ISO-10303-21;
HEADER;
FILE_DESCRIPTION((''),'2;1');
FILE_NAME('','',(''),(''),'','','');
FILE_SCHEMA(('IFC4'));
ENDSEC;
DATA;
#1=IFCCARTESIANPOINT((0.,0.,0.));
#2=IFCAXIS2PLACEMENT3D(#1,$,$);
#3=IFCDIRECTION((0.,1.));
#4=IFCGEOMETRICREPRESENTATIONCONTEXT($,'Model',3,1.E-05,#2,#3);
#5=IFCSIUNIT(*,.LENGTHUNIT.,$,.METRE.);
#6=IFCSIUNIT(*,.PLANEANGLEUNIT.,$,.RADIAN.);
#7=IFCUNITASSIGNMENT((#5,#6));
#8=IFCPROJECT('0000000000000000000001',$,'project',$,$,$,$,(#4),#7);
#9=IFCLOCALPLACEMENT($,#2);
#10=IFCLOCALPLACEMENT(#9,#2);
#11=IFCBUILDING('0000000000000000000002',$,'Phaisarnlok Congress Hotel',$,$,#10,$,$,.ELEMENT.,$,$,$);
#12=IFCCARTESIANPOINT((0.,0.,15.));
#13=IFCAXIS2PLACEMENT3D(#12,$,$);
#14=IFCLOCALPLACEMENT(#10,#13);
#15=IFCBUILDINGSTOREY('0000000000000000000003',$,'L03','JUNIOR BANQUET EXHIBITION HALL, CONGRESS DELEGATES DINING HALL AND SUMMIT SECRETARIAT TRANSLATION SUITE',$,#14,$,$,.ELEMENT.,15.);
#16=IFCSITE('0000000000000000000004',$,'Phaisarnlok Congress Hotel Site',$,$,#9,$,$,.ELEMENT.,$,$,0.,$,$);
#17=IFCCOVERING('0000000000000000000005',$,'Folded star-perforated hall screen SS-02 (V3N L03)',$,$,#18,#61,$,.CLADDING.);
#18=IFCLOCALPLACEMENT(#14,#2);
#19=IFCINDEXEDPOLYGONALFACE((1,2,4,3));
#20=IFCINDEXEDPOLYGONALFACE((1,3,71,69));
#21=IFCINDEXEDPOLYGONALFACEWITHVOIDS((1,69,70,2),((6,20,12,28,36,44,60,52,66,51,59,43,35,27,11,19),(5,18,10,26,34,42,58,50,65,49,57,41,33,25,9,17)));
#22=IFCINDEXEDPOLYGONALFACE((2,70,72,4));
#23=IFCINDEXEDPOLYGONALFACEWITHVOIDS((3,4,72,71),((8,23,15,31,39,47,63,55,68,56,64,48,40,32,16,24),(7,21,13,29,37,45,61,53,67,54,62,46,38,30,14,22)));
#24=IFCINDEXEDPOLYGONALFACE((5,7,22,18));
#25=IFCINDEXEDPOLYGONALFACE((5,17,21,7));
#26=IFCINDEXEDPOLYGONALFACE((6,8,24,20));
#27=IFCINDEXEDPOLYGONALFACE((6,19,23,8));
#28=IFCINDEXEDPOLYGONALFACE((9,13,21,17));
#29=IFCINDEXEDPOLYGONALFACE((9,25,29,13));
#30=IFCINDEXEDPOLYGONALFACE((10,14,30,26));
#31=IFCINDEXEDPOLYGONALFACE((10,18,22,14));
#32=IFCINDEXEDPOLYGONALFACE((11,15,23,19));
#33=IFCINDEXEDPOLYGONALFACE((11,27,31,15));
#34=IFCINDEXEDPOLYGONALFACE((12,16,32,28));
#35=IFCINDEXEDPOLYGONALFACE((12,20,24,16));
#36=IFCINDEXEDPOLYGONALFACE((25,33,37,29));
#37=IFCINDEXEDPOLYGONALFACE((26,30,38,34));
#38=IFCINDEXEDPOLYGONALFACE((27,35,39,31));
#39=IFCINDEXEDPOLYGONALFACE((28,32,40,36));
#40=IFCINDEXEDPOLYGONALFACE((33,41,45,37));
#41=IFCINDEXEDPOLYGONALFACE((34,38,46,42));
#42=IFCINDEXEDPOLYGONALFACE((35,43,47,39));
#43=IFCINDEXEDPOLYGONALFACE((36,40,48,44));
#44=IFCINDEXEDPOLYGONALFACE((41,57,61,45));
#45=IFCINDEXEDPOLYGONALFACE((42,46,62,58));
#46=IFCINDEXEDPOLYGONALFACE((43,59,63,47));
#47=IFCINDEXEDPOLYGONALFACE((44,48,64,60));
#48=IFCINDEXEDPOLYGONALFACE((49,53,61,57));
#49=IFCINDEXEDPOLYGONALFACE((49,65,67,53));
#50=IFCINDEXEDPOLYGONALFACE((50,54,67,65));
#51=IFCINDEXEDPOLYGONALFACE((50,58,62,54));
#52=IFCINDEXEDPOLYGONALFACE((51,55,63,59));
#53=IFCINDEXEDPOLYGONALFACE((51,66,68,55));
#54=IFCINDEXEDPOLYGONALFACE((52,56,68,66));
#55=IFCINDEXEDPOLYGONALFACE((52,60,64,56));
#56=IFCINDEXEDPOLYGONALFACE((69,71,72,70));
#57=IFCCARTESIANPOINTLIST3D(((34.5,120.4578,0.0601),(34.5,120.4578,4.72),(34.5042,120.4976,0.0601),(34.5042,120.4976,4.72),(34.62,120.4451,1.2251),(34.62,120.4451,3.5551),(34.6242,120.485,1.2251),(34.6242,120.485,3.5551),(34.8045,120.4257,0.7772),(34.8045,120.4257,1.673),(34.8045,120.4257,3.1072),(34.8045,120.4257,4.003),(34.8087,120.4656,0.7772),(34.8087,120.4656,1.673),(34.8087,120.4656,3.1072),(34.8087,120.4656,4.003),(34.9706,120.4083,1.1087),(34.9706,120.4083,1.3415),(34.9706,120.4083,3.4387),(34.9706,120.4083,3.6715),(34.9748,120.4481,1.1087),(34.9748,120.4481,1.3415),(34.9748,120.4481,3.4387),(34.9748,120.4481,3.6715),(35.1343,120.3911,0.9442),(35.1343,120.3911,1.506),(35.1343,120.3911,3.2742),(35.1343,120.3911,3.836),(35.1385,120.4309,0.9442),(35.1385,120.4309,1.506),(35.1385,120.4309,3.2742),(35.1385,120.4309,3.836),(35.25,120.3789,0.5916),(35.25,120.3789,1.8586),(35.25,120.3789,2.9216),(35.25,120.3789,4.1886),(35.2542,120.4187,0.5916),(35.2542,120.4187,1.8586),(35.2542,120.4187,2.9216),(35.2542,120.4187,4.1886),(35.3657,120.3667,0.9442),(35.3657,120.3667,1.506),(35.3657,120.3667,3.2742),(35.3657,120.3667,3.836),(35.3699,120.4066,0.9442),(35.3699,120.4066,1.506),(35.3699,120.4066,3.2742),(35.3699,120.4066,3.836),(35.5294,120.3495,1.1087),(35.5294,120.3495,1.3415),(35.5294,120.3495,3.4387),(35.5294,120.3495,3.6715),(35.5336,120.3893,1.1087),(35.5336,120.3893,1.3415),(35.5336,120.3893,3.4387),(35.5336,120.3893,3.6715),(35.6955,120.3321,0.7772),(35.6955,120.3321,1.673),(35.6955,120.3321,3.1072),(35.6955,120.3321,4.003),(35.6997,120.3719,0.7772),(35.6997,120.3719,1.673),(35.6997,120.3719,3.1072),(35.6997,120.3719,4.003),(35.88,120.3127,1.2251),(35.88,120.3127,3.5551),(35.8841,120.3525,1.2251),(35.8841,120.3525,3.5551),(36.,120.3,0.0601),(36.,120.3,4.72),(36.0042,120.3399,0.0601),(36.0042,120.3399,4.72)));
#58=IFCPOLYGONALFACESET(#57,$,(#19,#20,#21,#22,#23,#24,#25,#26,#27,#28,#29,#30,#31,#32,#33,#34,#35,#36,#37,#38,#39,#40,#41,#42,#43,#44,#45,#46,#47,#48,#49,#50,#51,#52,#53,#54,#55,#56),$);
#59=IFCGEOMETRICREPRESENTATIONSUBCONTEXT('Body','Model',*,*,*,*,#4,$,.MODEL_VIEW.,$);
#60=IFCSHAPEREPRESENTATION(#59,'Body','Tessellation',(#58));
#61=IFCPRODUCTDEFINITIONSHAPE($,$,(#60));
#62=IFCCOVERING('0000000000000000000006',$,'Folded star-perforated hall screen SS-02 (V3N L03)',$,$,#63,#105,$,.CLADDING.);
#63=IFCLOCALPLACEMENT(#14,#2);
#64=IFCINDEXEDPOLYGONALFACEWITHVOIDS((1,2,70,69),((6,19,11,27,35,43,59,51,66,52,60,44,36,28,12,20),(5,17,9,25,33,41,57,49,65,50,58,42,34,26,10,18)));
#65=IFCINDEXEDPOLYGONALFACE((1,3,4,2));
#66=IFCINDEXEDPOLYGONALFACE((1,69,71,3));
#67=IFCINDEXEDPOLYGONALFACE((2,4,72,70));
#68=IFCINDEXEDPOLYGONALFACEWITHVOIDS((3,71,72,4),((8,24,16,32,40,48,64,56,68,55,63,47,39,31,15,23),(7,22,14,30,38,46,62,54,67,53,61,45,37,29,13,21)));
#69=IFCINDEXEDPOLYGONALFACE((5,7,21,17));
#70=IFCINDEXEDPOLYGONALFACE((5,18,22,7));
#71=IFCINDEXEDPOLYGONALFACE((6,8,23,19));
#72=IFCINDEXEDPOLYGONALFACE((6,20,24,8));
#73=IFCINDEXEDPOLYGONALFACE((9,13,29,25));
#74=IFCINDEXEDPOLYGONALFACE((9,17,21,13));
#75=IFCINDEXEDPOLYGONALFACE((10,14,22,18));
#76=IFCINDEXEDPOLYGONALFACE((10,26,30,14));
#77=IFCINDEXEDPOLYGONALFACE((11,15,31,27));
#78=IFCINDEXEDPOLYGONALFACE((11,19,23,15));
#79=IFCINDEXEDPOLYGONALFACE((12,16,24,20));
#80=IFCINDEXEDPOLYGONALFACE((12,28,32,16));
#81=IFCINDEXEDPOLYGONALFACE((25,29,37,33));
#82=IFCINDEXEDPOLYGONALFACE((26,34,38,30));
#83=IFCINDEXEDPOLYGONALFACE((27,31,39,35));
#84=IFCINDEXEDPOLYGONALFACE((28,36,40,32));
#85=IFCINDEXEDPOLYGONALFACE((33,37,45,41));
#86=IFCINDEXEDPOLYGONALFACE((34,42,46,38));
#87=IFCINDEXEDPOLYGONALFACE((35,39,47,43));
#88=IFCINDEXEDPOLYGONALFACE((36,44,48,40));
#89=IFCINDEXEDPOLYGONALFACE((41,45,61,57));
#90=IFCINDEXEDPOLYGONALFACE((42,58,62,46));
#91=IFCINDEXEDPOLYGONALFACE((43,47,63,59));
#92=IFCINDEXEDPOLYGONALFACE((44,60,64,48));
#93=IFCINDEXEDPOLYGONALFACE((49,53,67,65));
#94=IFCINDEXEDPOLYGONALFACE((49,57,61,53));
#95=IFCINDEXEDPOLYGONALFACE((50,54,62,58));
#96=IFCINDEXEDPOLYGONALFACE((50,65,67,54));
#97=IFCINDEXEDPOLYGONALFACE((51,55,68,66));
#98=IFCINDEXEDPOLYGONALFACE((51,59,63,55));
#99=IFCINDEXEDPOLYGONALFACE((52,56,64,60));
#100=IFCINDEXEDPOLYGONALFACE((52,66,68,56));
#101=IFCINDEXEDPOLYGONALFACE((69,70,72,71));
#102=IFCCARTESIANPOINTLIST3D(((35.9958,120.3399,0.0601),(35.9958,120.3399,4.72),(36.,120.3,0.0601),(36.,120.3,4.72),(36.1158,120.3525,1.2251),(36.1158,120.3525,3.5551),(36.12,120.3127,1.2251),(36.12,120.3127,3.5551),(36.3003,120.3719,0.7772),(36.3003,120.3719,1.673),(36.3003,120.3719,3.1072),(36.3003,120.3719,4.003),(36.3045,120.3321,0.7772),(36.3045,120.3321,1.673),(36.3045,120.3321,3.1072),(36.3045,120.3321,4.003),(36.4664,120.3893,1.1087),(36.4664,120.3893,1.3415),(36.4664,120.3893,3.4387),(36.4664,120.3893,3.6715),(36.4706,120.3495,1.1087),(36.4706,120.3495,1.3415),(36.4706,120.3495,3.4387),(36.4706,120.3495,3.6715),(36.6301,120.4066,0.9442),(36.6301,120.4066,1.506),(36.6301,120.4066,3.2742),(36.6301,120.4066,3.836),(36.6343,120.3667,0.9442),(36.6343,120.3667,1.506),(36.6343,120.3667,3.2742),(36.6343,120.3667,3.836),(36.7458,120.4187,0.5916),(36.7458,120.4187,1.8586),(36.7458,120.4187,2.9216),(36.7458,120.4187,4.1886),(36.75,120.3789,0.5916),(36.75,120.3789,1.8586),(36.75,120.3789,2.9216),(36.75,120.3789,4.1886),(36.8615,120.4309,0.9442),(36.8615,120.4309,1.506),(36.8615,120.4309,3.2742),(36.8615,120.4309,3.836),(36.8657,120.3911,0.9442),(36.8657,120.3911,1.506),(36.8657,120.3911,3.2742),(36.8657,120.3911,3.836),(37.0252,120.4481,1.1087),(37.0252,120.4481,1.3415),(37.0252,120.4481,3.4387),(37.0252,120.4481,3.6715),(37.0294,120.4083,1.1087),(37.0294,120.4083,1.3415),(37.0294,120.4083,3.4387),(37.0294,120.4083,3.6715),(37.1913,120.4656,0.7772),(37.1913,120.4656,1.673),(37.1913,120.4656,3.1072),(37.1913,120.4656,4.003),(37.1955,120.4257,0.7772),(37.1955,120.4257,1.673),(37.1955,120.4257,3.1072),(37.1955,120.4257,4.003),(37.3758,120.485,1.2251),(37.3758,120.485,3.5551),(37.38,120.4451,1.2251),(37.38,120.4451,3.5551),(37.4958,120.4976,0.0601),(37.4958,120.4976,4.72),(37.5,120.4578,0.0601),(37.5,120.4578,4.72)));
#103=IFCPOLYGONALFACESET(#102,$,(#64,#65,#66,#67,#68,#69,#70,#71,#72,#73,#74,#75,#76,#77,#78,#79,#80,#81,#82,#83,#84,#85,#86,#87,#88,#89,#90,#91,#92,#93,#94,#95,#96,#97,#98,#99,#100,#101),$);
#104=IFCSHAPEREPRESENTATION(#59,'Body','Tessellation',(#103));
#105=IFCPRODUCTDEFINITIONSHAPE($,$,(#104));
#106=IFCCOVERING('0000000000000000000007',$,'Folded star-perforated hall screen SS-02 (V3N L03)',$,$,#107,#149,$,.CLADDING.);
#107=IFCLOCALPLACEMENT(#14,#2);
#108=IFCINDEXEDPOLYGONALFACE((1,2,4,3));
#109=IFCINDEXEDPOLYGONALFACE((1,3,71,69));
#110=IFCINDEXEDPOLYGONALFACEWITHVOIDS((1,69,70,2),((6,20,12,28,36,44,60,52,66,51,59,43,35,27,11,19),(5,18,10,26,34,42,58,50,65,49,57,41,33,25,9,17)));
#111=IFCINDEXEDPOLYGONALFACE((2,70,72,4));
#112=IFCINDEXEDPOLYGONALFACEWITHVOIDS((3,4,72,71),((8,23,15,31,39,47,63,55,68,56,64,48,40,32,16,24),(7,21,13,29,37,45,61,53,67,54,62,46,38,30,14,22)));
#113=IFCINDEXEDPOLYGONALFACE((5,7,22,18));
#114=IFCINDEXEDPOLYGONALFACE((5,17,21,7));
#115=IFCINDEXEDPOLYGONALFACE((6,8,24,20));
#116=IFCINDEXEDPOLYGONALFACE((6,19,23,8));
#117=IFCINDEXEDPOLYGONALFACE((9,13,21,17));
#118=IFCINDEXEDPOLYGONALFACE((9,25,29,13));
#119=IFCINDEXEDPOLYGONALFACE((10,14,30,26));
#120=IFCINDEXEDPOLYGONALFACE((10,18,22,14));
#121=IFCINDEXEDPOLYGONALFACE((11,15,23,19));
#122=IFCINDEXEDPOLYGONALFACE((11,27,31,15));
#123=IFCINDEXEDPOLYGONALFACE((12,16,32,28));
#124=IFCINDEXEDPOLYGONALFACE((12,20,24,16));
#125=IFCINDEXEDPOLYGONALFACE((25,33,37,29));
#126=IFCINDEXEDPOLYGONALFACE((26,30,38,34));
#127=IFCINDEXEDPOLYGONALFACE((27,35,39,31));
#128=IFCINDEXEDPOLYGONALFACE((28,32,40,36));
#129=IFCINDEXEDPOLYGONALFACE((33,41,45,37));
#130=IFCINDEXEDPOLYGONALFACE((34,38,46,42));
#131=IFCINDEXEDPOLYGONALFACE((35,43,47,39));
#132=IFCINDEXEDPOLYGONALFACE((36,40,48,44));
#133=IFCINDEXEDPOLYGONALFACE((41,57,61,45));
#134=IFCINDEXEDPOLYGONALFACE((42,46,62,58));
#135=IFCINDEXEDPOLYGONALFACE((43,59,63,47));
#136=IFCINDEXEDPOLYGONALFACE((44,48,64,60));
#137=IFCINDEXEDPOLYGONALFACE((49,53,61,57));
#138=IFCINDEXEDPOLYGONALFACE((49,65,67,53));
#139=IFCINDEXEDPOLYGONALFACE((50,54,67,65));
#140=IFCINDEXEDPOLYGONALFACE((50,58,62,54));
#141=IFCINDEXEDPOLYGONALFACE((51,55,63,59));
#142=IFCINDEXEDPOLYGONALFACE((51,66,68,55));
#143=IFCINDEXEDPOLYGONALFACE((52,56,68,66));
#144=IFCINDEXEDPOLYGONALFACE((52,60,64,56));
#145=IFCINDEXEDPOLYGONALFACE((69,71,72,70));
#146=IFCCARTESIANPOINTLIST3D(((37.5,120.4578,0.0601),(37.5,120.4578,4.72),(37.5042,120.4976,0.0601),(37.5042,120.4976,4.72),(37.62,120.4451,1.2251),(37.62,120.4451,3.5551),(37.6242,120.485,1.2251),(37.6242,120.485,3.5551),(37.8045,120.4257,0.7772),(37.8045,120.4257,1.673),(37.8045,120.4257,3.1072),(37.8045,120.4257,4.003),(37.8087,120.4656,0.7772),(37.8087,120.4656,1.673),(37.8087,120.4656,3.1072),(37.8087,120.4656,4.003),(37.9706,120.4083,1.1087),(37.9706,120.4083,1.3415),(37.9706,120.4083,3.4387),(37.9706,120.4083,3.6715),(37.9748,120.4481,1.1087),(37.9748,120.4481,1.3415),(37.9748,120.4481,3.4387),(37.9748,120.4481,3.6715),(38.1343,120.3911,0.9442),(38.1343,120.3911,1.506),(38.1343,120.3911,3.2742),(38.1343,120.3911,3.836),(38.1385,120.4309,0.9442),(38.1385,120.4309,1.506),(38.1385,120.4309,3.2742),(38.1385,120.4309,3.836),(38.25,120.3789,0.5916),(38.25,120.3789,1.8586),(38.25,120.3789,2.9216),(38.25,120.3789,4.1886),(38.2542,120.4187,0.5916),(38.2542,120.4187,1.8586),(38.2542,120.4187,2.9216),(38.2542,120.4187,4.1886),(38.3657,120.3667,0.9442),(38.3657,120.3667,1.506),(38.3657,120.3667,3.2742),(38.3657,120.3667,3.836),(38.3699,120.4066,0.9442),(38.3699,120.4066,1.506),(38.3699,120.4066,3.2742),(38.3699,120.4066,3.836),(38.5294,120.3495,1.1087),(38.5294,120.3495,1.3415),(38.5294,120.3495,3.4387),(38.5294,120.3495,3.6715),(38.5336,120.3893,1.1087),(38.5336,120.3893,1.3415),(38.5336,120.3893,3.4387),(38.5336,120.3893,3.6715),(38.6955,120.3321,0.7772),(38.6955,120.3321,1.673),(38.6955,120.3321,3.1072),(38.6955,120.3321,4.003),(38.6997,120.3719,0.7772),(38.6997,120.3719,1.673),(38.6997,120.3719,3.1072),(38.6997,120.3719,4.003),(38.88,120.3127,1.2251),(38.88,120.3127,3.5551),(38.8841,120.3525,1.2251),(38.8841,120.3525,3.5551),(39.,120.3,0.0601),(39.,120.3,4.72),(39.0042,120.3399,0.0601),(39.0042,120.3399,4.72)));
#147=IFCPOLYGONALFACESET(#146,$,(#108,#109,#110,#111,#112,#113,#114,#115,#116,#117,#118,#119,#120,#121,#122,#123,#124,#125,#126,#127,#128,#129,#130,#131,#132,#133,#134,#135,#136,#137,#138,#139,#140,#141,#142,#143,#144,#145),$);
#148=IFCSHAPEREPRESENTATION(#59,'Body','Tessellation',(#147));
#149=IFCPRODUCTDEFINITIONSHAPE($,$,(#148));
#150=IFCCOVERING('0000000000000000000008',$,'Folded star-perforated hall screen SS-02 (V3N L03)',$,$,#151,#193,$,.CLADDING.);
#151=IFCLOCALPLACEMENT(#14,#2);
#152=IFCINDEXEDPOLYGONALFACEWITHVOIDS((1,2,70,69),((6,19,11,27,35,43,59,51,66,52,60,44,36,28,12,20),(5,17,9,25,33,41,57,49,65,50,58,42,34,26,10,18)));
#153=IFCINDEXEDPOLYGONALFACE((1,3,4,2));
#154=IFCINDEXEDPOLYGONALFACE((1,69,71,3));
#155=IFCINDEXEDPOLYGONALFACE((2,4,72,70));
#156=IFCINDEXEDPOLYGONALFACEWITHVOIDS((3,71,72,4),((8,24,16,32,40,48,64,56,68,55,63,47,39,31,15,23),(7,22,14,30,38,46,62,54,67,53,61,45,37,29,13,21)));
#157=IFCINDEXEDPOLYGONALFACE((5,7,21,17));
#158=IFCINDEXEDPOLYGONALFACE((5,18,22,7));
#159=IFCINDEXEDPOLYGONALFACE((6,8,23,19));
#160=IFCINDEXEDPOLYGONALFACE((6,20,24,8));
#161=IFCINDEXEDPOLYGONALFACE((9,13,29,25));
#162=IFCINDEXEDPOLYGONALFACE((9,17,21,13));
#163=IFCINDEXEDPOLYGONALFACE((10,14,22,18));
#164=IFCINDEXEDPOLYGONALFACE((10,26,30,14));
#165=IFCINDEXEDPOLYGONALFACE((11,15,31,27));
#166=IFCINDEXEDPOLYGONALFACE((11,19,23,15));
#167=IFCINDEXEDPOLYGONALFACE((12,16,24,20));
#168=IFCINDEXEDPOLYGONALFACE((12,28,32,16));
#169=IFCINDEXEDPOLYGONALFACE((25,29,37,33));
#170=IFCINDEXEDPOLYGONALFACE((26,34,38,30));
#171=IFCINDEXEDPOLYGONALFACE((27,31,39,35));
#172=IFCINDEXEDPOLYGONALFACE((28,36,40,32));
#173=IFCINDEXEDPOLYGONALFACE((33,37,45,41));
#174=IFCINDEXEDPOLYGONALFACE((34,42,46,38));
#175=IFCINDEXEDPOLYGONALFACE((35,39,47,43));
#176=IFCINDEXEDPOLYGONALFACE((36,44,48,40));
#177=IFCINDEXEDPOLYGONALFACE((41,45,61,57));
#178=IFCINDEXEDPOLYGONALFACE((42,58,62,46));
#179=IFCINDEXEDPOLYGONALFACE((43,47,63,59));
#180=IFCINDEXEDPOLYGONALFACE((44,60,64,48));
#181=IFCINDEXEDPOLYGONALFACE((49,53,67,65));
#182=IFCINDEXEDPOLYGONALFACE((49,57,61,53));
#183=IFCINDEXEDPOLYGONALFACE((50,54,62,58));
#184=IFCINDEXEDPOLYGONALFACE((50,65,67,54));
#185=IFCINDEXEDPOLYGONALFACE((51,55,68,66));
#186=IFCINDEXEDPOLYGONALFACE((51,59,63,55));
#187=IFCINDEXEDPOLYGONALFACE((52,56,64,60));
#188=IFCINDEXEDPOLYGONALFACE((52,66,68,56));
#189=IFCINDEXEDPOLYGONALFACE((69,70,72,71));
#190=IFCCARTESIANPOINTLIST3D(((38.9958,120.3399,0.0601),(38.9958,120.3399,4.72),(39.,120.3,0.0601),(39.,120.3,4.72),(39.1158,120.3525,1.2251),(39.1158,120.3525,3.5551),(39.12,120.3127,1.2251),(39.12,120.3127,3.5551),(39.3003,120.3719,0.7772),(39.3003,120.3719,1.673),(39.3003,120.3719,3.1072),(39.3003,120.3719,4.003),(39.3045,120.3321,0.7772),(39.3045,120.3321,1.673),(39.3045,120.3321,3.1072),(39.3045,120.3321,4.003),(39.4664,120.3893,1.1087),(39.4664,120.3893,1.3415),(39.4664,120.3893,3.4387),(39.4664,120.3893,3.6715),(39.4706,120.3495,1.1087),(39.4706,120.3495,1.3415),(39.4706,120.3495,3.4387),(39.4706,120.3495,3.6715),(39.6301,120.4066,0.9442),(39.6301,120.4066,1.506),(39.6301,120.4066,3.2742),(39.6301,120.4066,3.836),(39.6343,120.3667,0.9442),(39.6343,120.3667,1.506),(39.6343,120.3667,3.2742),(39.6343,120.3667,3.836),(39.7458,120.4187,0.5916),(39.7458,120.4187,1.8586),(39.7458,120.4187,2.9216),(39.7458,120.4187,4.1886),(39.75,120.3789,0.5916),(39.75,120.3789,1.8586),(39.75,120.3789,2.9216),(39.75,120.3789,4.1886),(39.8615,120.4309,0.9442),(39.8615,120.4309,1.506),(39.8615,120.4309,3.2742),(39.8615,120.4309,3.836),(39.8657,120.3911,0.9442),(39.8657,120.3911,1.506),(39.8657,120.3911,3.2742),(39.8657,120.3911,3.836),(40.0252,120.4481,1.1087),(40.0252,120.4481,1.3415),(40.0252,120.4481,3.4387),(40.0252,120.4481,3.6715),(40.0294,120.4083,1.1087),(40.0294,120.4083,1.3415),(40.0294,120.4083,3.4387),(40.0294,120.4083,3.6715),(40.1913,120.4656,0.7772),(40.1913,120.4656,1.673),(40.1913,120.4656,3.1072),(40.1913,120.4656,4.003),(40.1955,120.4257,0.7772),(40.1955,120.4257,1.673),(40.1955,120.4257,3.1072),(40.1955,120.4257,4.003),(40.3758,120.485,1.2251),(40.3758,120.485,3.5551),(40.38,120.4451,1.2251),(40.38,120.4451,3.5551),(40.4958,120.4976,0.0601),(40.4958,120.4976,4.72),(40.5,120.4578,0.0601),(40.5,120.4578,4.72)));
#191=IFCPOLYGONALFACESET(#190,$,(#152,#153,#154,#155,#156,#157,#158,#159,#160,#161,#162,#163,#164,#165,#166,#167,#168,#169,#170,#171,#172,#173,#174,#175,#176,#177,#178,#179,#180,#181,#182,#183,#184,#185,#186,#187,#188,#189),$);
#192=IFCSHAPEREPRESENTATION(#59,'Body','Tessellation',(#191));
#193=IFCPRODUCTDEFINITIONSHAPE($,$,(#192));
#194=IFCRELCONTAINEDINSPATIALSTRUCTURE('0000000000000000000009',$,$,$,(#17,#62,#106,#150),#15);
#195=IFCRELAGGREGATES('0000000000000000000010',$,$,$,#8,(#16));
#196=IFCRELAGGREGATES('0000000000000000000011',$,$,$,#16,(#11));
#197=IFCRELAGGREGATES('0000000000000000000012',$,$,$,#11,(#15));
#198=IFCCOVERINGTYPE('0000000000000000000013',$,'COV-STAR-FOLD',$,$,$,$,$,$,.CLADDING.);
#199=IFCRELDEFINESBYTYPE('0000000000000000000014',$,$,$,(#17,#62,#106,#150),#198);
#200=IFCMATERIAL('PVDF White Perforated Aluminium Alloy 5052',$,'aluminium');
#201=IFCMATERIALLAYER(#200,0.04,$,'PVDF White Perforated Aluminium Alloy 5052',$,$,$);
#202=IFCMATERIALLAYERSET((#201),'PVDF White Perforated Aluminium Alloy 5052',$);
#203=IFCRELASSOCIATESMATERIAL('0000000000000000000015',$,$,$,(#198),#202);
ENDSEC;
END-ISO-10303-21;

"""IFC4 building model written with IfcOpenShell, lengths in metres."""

from ifc_helpers import new_model, si_unit, direction, frame, origin, place, context, subcontext, project, spatial, polyline, outline, extrude, material, layer, layer_set, type_object, element, save


model = new_model("IFC4")

# Units and contexts
model_context = context("Model", 3, precision=1e-05, world=origin(), true_north=direction((0.0, 1.0)))
body_context = subcontext(model_context, "Body", "Model", "MODEL_VIEW")
ifc_project = project(units=[si_unit("LENGTHUNIT", "METRE"), si_unit("PLANEANGLEUNIT", "RADIAN")], contexts=[model_context])

# Site, building, storey
site_placement = place(None, origin())
site = spatial("IfcSite", under=ifc_project, at=site_placement, Name="Phaisarnlok Congress Hotel Site", CompositionType="ELEMENT", RefElevation=0.0)
building_placement = place(site_placement, origin())
building = spatial("IfcBuilding", under=site, at=building_placement, Name="Phaisarnlok Congress Hotel", CompositionType="ELEMENT")
storey_placement = place(building_placement, frame((0.0, 0.0, 15.0)))
storey = spatial("IfcBuildingStorey", under=building, at=storey_placement, Name="L03", Description="JUNIOR BANQUET EXHIBITION HALL, CONGRESS DELEGATES DINING HALL AND SUMMIT SECRETARIAT TRANSLATION SUITE", CompositionType="ELEMENT", Elevation=15.0)

# Coverings
ifc_material_1 = material(Name="PVDF White Perforated Aluminium Alloy 5052", Category="aluminium")
ifc_layer_1 = layer(ifc_material_1, 0.04, Name="PVDF White Perforated Aluminium Alloy 5052")
ifc_layer_set_1 = layer_set([ifc_layer_1], Name="PVDF White Perforated Aluminium Alloy 5052")
covering_type = type_object("IfcCoveringType", Name="COV-STAR-FOLD", PredefinedType="CLADDING", material=ifc_layer_set_1)
for number, where, z_axis, x_axis, name in (
    (1, (36.0, 120.3, 0.0601), (0.104567, 0.994518, 0.0), (-0.994518, 0.104567, 0.0), "Folded star-perforated hall screen SS-02 (V3N L03)"),
    (2, (37.5, 120.4578, 0.0601), (-0.104567, 0.994518, 0.0), (-0.994518, -0.104567, 0.0), "Folded star-perforated hall screen SS-02 (V3N L03)"),
    (3, (39.0, 120.3, 0.0601), (0.104567, 0.994518, 0.0), (-0.994518, 0.104567, 0.0), "Folded star-perforated hall screen SS-02 (V3N L03)"),
    (4, (40.5, 120.4578, 0.0601), (-0.104567, 0.994518, 0.0), (-0.994518, -0.104567, 0.0), "Folded star-perforated hall screen SS-02 (V3N L03)"),
):
    element("IfcCovering", number, at=place(storey_placement, frame(where, z_axis=z_axis, x_axis=x_axis)), inside=storey, type_object=covering_type, Name=name, PredefinedType="CLADDING", context=body_context, shape_type="SweptSolid", body=[
        extrude(outline(polyline([(0.0, 0.0), (1.5083, 0.0), (1.5083, 4.6599), (0.0, 4.6599), (0.0, 0.0)]), holes=[polyline([(1.0351, 1.0486), (1.2021, 0.7171), (0.8705, 0.8841), (0.7541, 0.5315), (0.6378, 0.8841), (0.3062, 0.7171), (0.4732, 1.0486), (0.1207, 1.165), (0.4732, 1.2814), (0.3062, 1.6129), (0.6378, 1.4459), (0.7541, 1.7985), (0.8705, 1.4459), (1.2021, 1.6129), (1.0351, 1.2814), (1.3876, 1.165), (1.0351, 1.0486)]), polyline([(1.0351, 3.3786), (1.2021, 3.0471), (0.8705, 3.2141), (0.7541, 2.8615), (0.6378, 3.2141), (0.3062, 3.0471), (0.4732, 3.3786), (0.1207, 3.495), (0.4732, 3.6114), (0.3062, 3.9429), (0.6378, 3.7759), (0.7541, 4.1285), (0.8705, 3.7759), (1.2021, 3.9429), (1.0351, 3.6114), (1.3876, 3.495), (1.0351, 3.3786)])]), origin(), (0.0, 0.0, 1.0), 0.04),
    ])

save(model, "model.ifc")
